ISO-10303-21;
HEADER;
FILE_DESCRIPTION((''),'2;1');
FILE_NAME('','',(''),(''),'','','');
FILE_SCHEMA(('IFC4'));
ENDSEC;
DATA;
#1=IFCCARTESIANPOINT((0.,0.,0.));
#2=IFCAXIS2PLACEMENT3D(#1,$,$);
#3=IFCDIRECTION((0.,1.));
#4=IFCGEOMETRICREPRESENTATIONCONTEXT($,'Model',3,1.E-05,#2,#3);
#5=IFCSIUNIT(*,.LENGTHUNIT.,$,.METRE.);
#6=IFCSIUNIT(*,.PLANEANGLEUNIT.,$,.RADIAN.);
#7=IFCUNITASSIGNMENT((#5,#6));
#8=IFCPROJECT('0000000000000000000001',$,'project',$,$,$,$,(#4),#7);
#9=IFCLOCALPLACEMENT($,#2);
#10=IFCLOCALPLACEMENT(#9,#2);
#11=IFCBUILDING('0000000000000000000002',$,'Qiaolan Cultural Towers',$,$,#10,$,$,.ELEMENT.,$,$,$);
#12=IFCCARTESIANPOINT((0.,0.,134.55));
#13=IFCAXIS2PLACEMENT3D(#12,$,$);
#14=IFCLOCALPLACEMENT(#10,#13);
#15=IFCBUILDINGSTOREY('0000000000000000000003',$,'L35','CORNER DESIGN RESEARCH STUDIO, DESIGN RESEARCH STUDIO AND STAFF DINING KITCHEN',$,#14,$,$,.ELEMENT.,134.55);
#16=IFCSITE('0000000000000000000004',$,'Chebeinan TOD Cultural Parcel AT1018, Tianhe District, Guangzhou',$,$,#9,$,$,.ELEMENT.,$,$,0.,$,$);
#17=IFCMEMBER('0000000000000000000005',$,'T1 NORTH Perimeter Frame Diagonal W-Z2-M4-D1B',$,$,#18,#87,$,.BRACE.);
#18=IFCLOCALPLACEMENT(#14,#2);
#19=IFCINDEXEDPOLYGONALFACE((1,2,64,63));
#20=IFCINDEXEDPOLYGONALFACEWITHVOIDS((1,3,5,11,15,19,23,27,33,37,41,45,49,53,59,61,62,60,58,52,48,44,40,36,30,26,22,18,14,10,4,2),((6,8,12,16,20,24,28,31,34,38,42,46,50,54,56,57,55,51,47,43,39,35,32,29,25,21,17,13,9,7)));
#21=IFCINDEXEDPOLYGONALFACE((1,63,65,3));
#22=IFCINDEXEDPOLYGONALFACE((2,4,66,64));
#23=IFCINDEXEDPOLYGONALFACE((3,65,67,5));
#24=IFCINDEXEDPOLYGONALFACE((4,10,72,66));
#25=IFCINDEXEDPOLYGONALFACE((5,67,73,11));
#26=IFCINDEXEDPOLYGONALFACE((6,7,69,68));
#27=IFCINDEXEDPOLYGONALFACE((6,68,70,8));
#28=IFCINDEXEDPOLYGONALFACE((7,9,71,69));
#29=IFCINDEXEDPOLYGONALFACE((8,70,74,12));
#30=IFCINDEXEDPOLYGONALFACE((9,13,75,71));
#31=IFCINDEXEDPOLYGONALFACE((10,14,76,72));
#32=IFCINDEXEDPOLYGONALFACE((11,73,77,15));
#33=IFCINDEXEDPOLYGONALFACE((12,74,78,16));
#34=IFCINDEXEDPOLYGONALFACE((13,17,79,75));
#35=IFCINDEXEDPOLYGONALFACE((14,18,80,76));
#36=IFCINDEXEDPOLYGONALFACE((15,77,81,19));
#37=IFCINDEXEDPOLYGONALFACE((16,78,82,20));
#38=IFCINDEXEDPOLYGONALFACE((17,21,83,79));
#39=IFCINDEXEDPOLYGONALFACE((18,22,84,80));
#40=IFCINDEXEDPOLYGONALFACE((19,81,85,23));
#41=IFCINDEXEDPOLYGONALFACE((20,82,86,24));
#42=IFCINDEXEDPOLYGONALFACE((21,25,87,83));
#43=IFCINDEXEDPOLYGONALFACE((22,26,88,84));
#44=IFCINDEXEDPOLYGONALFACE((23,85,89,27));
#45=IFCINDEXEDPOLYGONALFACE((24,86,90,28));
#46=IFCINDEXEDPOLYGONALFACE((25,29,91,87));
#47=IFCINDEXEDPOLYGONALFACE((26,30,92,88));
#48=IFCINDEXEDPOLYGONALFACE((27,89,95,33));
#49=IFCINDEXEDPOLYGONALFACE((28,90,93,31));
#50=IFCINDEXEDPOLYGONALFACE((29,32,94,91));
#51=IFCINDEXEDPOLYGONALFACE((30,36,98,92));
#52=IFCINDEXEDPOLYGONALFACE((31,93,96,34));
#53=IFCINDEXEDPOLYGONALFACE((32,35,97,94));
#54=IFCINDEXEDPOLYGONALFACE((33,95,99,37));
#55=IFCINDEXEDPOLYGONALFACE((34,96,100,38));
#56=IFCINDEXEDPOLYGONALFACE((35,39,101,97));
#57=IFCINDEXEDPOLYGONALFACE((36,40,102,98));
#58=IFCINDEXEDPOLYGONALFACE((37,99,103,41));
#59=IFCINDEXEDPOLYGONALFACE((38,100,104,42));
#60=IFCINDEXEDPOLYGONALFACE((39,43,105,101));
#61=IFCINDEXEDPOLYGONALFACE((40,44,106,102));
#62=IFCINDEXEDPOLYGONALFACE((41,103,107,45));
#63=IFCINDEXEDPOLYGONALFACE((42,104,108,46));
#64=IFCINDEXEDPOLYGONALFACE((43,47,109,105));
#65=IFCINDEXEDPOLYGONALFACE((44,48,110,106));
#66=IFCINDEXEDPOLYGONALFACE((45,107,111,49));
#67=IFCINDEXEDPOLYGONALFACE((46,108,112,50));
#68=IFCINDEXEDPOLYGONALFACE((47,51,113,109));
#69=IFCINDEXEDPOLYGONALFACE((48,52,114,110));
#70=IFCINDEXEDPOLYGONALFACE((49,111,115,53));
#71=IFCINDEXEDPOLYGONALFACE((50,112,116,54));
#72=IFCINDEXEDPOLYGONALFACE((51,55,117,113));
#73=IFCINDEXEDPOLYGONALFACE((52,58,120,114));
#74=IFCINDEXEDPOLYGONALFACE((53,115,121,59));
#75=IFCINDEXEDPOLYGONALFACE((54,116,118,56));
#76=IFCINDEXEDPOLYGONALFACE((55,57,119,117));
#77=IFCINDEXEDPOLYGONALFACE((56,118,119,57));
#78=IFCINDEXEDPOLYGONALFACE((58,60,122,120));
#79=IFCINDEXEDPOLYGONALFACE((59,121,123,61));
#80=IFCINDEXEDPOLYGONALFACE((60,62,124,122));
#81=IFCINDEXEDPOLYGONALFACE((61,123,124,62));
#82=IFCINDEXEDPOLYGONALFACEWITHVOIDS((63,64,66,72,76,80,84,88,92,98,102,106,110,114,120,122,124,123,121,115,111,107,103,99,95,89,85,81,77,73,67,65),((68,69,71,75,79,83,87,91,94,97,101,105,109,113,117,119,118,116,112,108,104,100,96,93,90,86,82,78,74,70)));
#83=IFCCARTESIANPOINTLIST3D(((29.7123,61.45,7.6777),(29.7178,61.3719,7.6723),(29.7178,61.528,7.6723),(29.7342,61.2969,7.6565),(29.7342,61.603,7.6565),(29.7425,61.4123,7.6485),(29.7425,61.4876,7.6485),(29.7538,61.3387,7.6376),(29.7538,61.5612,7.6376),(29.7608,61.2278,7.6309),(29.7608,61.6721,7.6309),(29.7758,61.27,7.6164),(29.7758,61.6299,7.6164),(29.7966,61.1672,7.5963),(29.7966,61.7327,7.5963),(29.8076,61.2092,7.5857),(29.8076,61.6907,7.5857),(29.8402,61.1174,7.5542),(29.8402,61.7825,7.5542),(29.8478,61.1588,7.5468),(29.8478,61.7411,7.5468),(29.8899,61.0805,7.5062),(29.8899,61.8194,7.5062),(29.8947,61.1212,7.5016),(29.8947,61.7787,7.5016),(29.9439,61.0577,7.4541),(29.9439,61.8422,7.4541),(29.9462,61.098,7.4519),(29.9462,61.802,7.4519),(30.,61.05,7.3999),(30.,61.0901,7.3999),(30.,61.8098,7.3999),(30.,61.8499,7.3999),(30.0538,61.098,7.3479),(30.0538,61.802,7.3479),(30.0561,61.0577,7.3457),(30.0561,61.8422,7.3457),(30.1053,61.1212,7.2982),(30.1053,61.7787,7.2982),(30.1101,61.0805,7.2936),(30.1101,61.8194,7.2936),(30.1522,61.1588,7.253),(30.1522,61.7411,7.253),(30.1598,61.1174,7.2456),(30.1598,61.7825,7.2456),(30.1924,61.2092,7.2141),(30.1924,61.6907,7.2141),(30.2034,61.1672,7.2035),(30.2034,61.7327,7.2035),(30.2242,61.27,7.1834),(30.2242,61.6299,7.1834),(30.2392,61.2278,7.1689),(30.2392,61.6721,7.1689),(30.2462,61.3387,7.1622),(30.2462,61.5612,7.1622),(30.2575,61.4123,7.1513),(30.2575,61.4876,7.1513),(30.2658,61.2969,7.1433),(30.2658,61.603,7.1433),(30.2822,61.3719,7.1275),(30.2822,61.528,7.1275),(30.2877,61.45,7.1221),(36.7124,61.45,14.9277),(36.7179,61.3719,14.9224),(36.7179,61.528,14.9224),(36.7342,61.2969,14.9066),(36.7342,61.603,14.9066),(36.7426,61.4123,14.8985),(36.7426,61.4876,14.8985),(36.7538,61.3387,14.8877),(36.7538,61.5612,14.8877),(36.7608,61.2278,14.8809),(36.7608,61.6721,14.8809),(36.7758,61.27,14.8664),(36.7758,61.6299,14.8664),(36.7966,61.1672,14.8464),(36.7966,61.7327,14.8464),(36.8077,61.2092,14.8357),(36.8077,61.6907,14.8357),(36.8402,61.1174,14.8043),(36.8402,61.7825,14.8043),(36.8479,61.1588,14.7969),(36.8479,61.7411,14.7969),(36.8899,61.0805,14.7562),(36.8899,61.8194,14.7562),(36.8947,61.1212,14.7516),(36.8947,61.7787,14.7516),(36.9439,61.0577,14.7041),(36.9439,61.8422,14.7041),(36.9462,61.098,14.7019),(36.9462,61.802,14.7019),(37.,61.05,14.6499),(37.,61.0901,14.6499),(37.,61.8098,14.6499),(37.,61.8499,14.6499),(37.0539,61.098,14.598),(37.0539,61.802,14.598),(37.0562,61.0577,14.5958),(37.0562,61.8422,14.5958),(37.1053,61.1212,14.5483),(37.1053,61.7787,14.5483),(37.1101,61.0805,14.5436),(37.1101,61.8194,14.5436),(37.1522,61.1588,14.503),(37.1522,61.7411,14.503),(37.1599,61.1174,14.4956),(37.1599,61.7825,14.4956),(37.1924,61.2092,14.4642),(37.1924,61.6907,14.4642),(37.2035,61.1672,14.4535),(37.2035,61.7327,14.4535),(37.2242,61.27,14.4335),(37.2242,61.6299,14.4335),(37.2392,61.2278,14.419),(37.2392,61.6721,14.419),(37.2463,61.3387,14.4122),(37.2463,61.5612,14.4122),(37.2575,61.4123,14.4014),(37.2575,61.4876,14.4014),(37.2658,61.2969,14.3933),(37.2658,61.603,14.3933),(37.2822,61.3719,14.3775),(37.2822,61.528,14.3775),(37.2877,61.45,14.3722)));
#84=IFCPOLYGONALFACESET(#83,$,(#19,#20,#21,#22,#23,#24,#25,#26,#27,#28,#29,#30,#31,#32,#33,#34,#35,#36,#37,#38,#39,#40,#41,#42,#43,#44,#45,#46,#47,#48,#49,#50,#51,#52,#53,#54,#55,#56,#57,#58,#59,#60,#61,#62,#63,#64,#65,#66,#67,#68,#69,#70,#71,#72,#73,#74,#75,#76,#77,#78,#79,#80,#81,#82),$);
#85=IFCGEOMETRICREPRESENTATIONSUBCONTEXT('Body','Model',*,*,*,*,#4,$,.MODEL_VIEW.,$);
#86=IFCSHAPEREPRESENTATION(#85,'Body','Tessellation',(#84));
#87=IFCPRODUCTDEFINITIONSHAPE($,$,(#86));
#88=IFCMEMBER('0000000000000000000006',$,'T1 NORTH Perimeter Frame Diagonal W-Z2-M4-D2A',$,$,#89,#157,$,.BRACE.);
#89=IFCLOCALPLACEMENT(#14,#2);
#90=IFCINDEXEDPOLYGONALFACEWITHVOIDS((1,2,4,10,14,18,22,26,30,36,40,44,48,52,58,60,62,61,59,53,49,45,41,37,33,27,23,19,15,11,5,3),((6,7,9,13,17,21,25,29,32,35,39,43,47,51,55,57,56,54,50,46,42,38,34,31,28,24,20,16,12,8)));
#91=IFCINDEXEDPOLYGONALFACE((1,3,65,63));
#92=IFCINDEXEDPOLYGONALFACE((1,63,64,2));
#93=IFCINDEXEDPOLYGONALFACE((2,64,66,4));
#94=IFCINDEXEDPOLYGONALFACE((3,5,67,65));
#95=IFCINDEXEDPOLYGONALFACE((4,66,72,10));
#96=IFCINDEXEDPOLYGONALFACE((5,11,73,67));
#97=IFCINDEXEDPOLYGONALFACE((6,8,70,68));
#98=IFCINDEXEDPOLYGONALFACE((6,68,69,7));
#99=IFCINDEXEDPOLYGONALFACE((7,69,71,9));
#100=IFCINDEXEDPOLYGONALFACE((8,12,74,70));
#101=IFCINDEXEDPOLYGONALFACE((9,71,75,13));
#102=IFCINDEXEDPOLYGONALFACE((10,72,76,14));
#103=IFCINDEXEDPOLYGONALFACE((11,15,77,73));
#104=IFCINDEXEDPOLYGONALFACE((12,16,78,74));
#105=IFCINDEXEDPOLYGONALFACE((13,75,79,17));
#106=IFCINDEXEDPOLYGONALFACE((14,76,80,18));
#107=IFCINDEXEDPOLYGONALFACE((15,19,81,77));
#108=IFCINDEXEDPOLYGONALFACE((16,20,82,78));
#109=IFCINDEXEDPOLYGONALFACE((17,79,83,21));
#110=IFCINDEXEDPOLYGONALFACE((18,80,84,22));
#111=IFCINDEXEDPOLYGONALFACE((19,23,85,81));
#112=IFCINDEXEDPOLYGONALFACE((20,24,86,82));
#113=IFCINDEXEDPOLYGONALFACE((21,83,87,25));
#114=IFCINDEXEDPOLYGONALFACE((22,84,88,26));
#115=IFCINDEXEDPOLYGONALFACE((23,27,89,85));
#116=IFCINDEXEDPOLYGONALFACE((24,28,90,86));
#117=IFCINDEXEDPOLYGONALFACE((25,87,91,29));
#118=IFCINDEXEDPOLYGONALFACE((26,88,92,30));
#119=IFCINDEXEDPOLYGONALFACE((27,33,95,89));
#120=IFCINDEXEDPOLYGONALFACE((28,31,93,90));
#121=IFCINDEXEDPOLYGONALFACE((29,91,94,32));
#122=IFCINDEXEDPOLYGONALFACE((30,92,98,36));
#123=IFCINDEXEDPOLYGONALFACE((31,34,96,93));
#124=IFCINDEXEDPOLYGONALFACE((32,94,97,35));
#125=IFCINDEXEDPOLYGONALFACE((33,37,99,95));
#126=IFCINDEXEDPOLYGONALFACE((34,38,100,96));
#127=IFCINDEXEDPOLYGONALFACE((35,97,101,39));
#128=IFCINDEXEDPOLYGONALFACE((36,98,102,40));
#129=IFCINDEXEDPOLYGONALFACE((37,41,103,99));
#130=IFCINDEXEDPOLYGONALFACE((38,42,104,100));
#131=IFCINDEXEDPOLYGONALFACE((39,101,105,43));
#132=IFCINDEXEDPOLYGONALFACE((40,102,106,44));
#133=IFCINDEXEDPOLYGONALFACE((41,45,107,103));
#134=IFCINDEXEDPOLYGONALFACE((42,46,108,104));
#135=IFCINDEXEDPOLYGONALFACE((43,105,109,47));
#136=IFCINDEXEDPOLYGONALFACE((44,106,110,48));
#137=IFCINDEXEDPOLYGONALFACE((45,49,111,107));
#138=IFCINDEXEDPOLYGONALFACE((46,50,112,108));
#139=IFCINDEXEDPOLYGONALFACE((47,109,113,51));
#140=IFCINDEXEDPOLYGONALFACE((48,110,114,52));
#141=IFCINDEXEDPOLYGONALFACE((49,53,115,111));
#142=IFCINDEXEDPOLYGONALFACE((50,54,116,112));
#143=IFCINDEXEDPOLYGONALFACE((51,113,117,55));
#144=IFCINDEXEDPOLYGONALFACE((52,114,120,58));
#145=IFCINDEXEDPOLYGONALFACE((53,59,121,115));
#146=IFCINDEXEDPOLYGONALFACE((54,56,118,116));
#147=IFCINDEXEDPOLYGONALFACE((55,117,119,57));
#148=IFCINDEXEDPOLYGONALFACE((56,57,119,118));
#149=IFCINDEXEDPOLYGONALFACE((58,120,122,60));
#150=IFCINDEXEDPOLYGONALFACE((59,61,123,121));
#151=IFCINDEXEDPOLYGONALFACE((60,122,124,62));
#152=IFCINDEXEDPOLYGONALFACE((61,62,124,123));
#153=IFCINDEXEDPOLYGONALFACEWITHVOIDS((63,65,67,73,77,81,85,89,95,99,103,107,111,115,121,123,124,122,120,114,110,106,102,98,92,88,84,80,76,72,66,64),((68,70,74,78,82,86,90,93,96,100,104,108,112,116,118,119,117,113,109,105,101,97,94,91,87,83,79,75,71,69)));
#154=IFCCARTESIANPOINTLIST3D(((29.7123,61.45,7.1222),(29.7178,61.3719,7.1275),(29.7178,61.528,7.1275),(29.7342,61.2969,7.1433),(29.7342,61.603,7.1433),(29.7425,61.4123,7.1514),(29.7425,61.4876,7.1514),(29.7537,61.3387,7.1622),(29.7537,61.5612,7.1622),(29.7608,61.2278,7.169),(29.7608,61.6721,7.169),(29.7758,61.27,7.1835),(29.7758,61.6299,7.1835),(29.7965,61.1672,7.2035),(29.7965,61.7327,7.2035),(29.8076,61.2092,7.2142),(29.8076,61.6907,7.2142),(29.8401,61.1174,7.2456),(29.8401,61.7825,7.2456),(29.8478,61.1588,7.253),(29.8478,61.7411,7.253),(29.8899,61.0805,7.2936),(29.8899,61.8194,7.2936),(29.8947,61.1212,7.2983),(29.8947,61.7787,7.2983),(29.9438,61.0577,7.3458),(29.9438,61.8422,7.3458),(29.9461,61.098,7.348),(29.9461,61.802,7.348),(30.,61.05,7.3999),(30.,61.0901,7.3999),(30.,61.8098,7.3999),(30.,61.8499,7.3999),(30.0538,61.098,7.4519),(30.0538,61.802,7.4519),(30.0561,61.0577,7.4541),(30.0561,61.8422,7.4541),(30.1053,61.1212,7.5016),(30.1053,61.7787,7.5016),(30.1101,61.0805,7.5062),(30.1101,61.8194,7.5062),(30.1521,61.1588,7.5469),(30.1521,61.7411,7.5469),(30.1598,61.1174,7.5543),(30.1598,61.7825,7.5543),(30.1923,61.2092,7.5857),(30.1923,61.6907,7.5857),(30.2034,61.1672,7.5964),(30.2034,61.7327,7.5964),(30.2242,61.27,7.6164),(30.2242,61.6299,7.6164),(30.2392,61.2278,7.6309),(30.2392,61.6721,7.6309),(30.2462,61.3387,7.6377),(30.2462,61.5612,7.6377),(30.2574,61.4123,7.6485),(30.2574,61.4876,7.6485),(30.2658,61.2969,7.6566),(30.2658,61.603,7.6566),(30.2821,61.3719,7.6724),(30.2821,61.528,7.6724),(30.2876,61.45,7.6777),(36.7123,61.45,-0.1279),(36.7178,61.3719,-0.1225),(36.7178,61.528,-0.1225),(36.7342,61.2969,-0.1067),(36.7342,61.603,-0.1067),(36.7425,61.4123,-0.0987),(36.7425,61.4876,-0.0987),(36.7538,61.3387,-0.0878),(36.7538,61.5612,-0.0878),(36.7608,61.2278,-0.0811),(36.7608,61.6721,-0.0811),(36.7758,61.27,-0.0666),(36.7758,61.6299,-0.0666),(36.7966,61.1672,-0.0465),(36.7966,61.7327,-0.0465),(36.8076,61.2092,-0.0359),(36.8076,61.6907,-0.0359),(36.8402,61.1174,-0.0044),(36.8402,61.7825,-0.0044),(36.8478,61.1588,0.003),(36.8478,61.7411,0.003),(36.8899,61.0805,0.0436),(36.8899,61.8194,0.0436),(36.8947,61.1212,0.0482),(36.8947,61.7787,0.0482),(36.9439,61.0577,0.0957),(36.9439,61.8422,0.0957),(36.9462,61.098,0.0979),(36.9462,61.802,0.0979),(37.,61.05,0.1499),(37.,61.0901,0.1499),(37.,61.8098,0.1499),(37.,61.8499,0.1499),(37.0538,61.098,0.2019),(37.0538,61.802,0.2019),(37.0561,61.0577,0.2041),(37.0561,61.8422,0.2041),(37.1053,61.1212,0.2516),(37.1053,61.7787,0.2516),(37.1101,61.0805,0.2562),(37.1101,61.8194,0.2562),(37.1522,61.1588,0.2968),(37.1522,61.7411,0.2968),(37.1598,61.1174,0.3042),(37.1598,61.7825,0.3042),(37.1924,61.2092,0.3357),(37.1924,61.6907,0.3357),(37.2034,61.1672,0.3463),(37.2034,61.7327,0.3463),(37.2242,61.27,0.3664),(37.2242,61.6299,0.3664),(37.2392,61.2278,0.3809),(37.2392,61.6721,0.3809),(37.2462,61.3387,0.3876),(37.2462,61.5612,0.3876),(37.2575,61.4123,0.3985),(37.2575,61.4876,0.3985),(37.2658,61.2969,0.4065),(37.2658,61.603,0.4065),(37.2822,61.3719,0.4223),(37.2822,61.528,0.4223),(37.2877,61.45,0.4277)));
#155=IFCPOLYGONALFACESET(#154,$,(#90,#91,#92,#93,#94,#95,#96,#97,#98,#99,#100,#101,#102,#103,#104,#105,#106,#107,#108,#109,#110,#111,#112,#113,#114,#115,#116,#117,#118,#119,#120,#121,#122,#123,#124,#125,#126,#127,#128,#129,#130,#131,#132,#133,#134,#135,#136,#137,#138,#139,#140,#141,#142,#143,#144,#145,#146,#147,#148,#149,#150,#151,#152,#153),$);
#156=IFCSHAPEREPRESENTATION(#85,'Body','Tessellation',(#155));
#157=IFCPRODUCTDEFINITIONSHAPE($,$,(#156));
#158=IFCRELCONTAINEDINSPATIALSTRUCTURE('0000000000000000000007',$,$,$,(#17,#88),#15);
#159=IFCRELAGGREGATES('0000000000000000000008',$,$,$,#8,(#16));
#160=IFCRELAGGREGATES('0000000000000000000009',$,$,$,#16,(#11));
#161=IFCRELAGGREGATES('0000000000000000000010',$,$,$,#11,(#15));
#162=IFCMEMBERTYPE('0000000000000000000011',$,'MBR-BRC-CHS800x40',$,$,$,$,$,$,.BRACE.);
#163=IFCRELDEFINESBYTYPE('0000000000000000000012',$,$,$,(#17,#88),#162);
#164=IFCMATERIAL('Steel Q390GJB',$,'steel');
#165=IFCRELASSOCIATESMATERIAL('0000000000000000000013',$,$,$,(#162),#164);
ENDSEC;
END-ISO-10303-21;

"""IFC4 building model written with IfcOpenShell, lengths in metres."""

from ifc_helpers import new_model, si_unit, direction, frame, origin, origin_2d, place, context, subcontext, project, spatial, hollow_circle, extrude, material, material_profile, profile_set, type_object, element, save


model = new_model("IFC4")

# Units and contexts
model_context = context("Model", 3, precision=1e-05, world=origin(), true_north=direction((0.0, 1.0)))
body_context = subcontext(model_context, "Body", "Model", "MODEL_VIEW")
ifc_project = project(units=[si_unit("LENGTHUNIT", "METRE"), si_unit("PLANEANGLEUNIT", "RADIAN")], contexts=[model_context])

# Site, building, storey
site_placement = place(None, origin())
site = spatial("IfcSite", under=ifc_project, at=site_placement, Name="Chebeinan TOD Cultural Parcel AT1018, Tianhe District, Guangzhou", CompositionType="ELEMENT", RefElevation=0.0)
building_placement = place(site_placement, origin())
building = spatial("IfcBuilding", under=site, at=building_placement, Name="Qiaolan Cultural Towers", CompositionType="ELEMENT")
storey_placement = place(building_placement, frame((0.0, 0.0, 134.55)))
storey = spatial("IfcBuildingStorey", under=building, at=storey_placement, Name="L35", Description="CORNER DESIGN RESEARCH STUDIO, DESIGN RESEARCH STUDIO AND STAFF DINING KITCHEN", CompositionType="ELEMENT", Elevation=134.55)

# Members
ifc_material_1 = material(Name="Steel Q390GJB", Category="steel")
ifc_material_profile_1 = material_profile(ifc_material_1, hollow_circle(Radius=0.3999, WallThickness=0.04, at=origin_2d()), Name="CHS800x40")
ifc_profile_set_1 = profile_set([ifc_material_profile_1], Name="Steel Q390GJB")
member_type = type_object("IfcMemberType", Name="MBR-BRC-CHS800x40", PredefinedType="BRACE", material=ifc_profile_set_1)
for number, where, z_axis, x_axis, name in (
    (1, (30.0, 61.45, 7.3999), (0.694595, 0.0, 0.719401), (0.0, 1.0, 0.0), "T1 NORTH Perimeter Frame Diagonal W-Z2-M4-D1B"),
    (2, (37.0, 61.45, 0.1499), (-0.694595, 0.0, 0.719401), (0.0, -1.0, 0.0), "T1 NORTH Perimeter Frame Diagonal W-Z2-M4-D2A"),
):
    element("IfcMember", number, at=place(storey_placement, frame(where, z_axis=z_axis, x_axis=x_axis)), inside=storey, type_object=member_type, Name=name, PredefinedType="BRACE", context=body_context, shape_type="SweptSolid", body=[
        extrude(hollow_circle(Radius=0.3999, WallThickness=0.04, at=origin_2d()), origin(), (0.0, 0.0, 1.0), 10.0779),
    ])

save(model, "model.ifc")
